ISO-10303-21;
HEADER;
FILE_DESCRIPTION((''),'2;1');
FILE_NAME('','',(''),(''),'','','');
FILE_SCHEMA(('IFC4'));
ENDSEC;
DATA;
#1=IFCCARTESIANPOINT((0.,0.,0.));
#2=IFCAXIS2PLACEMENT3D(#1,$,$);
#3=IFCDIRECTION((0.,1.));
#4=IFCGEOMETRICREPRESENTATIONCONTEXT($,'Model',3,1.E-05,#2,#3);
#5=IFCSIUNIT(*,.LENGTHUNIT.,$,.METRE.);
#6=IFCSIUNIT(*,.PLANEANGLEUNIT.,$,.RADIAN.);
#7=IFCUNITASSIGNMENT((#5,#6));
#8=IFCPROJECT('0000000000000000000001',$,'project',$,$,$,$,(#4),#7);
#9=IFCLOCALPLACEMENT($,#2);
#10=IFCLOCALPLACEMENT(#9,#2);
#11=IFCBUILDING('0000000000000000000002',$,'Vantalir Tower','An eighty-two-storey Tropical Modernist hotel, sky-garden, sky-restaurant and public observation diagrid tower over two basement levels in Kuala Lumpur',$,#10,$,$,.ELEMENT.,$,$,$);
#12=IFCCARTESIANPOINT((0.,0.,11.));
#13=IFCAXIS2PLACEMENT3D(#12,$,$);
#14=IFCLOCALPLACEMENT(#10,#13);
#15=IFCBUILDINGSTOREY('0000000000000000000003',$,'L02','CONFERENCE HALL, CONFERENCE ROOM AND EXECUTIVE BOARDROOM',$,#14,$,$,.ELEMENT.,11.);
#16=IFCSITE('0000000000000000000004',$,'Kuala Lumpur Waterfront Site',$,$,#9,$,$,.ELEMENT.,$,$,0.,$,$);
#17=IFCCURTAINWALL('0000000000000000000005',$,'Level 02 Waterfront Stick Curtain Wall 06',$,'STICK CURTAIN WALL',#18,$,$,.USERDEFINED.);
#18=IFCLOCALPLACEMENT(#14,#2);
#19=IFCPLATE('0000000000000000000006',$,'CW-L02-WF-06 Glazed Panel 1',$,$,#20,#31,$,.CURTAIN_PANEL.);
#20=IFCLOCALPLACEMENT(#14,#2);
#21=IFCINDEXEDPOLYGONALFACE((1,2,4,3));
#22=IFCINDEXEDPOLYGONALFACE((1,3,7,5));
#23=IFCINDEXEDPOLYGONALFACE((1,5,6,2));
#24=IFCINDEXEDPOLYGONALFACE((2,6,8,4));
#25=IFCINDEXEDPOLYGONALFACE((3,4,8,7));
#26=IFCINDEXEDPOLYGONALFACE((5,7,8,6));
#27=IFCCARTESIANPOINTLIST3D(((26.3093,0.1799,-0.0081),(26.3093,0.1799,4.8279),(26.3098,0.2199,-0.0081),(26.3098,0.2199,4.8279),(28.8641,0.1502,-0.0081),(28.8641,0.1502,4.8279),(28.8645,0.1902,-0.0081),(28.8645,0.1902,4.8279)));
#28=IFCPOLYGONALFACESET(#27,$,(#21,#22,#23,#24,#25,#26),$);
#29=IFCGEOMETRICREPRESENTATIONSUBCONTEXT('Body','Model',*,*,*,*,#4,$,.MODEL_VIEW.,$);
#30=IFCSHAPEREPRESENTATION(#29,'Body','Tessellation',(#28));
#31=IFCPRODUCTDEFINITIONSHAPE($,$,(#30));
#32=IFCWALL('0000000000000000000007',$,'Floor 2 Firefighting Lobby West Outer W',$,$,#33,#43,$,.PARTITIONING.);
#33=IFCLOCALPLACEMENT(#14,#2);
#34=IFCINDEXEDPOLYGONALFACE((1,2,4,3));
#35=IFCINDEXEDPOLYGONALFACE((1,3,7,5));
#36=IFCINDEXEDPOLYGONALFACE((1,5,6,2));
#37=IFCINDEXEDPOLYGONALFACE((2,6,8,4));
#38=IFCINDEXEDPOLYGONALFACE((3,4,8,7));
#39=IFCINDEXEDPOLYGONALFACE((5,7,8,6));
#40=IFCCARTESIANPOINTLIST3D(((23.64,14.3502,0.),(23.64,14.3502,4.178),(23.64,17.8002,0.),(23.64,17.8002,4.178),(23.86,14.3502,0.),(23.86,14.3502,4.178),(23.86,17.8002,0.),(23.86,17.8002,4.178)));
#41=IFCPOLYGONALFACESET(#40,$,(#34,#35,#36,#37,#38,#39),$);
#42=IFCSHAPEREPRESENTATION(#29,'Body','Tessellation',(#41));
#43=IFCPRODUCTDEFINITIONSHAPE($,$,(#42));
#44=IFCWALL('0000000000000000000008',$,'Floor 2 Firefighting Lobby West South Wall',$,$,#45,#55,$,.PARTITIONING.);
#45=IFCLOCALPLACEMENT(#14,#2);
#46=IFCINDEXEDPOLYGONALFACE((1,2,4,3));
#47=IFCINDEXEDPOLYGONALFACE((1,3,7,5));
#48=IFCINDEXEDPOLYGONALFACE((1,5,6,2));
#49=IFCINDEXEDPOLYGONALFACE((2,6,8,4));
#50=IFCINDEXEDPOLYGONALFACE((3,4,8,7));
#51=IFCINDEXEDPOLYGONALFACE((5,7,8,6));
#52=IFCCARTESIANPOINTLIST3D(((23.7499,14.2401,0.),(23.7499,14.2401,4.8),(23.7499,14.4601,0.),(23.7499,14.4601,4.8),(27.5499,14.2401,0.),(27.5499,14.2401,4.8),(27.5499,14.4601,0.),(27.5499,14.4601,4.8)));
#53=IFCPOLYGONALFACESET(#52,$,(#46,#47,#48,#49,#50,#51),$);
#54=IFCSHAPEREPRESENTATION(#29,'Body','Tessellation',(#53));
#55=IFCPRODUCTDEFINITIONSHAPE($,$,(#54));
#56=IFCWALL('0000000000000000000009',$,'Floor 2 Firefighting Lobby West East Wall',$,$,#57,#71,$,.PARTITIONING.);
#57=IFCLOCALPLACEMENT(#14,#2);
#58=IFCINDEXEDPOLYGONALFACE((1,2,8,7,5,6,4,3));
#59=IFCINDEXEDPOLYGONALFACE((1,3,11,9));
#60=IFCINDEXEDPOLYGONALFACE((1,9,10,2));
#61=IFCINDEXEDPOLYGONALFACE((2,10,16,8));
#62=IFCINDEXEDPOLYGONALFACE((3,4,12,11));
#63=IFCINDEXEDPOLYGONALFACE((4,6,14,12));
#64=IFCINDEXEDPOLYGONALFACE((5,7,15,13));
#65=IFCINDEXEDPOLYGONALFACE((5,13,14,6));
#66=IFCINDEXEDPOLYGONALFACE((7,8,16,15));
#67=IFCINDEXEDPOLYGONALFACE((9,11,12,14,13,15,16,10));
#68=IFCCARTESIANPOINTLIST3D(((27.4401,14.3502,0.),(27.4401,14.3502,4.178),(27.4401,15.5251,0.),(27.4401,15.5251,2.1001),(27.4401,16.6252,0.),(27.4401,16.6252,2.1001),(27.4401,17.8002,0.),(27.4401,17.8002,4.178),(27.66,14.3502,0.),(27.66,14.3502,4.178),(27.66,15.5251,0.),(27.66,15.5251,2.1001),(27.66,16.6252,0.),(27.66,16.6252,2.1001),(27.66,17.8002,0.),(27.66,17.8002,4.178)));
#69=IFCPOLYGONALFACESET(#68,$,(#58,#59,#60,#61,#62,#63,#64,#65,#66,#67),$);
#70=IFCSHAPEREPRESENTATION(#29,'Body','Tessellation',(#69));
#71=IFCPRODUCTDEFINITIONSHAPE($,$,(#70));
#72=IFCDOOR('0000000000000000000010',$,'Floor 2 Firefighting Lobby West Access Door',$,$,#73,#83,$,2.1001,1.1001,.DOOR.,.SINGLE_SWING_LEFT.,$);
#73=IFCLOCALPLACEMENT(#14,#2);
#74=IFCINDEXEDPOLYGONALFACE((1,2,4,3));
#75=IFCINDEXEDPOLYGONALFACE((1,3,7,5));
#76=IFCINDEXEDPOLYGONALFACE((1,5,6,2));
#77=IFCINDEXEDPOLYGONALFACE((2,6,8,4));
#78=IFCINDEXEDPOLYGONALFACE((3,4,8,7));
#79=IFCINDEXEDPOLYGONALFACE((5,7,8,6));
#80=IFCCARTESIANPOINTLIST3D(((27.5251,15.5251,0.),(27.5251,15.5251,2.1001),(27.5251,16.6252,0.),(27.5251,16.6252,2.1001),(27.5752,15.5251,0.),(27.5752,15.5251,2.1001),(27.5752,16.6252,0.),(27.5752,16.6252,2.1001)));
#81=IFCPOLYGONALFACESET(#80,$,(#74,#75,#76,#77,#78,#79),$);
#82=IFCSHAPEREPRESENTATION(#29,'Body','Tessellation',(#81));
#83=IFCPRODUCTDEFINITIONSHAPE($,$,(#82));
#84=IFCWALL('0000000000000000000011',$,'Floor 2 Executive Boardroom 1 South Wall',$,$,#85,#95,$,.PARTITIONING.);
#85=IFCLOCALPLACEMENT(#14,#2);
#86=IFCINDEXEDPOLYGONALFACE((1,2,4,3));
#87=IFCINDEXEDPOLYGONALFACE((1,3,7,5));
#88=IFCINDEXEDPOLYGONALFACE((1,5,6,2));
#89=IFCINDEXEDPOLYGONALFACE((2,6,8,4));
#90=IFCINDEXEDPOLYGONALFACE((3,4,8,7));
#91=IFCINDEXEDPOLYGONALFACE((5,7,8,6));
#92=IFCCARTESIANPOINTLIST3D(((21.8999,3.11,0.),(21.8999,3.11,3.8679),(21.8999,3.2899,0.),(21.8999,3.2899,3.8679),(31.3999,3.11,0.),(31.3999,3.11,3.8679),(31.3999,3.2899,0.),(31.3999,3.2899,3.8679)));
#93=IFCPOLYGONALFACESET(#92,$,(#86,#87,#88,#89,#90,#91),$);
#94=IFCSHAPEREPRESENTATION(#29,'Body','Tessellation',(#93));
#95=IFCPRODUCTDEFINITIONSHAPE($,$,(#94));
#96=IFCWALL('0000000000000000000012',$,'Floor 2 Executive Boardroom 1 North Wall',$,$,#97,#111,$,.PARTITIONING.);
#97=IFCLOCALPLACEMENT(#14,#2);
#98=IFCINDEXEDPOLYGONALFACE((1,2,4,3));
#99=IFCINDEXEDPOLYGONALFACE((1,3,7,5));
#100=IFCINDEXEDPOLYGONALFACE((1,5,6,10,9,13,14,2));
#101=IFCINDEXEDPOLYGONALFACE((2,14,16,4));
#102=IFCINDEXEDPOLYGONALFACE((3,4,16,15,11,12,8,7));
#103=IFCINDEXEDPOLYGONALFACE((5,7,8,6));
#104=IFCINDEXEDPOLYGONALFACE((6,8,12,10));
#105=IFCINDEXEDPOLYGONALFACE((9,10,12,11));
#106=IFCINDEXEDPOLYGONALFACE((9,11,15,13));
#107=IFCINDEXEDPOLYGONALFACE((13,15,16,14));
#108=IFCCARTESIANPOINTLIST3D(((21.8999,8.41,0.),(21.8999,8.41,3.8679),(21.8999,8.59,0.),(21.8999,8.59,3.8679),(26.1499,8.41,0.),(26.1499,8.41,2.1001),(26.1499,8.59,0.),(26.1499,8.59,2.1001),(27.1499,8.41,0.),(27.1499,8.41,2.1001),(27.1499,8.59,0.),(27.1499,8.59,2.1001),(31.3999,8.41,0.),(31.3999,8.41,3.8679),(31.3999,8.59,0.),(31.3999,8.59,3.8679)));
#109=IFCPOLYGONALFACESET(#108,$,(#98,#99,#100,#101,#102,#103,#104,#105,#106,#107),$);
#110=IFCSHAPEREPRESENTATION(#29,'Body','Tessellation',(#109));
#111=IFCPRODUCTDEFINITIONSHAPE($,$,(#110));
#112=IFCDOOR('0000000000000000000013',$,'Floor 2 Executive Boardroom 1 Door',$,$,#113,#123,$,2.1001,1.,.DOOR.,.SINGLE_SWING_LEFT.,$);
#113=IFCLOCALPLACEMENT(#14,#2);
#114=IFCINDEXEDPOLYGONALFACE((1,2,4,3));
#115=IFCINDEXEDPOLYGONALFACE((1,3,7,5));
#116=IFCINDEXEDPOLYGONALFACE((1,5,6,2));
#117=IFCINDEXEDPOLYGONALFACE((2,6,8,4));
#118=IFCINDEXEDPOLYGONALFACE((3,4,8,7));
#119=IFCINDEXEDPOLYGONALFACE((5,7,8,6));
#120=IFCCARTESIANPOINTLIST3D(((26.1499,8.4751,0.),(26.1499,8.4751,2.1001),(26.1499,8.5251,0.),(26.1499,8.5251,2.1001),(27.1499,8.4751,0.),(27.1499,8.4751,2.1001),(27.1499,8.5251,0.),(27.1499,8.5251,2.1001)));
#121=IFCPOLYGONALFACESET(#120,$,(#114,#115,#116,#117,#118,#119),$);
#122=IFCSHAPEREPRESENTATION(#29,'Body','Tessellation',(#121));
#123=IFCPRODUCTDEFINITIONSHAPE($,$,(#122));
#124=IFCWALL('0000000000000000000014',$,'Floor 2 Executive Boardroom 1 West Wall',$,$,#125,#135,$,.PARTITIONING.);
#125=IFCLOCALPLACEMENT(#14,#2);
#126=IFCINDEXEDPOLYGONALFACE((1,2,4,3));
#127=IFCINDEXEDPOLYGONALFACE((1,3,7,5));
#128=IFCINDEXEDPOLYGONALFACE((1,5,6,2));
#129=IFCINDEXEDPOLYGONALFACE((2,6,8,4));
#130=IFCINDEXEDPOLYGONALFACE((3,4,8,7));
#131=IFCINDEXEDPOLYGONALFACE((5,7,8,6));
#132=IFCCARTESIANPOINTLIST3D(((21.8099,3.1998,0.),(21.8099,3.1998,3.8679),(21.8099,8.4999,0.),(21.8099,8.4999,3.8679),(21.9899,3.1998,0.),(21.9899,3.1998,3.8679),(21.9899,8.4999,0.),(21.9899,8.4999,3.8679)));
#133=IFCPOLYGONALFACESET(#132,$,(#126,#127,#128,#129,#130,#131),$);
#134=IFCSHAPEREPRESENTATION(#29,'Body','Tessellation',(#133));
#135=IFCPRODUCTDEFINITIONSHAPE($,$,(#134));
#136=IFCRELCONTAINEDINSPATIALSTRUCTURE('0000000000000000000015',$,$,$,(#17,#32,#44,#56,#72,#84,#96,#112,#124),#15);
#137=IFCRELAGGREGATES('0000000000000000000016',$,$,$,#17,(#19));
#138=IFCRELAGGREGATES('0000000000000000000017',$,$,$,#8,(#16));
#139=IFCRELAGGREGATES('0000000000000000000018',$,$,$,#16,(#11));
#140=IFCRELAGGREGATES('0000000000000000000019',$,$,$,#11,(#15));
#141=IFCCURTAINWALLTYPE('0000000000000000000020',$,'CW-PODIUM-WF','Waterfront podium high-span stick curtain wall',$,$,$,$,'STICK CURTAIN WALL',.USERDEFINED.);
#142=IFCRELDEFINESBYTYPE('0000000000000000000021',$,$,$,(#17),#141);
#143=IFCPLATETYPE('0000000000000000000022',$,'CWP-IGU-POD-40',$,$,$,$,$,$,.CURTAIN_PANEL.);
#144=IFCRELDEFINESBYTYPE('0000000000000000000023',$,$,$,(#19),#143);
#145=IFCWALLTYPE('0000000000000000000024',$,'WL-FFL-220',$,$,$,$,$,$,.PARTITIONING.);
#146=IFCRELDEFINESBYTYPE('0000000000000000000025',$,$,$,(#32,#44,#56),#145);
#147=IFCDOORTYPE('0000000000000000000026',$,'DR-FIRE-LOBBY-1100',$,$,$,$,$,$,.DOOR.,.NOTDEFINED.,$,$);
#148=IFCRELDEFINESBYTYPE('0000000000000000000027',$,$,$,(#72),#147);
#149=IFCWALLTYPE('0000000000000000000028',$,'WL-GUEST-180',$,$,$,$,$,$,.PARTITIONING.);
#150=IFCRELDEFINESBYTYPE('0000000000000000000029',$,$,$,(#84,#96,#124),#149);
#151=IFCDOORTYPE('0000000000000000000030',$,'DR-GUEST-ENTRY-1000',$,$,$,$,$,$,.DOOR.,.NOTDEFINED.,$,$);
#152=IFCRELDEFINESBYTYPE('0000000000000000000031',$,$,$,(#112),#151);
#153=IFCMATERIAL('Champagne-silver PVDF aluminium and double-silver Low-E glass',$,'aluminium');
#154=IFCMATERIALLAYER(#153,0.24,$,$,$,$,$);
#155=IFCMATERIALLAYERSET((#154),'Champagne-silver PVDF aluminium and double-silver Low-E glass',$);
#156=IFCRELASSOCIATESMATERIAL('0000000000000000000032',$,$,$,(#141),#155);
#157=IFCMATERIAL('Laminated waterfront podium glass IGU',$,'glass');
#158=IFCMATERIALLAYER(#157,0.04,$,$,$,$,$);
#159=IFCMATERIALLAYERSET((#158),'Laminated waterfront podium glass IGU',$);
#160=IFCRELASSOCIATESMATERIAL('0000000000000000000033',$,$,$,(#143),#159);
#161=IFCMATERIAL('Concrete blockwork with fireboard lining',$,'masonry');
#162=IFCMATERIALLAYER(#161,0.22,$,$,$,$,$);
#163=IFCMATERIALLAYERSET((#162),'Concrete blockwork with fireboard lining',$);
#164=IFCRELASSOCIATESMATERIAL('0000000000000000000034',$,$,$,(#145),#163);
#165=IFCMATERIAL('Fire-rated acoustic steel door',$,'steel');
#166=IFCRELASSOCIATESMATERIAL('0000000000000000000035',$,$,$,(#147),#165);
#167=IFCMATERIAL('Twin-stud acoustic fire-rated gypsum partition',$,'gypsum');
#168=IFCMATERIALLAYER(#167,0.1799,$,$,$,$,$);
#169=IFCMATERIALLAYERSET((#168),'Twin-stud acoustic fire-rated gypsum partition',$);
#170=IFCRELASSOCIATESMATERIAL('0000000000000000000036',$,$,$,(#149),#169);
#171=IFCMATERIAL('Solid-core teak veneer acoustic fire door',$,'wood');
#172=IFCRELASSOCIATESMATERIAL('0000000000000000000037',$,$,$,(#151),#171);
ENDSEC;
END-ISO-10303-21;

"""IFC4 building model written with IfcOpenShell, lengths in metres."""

from ifc_helpers import new_model, si_unit, direction, frame, frame_2d, origin, origin_2d, place, context, subcontext, project, spatial, rectangle, extrude, material, layer, layer_set, type_object, element, fill, aggregate, save


model = new_model("IFC4")

# Units and contexts
model_context = context("Model", 3, precision=1e-05, world=origin(), true_north=direction((0.0, 1.0)))
body_context = subcontext(model_context, "Body", "Model", "MODEL_VIEW")
ifc_project = project(units=[si_unit("LENGTHUNIT", "METRE"), si_unit("PLANEANGLEUNIT", "RADIAN")], contexts=[model_context])

# Site, building, storey
site_placement = place(None, origin())
site = spatial("IfcSite", under=ifc_project, at=site_placement, Name="Kuala Lumpur Waterfront Site", CompositionType="ELEMENT", RefElevation=0.0)
building_placement = place(site_placement, origin())
building = spatial("IfcBuilding", under=site, at=building_placement, Name="Vantalir Tower", Description="An eighty-two-storey Tropical Modernist hotel, sky-garden, sky-restaurant and public observation diagrid tower over two basement levels in Kuala Lumpur", CompositionType="ELEMENT")
storey_placement = place(building_placement, frame((0.0, 0.0, 11.0)))
storey = spatial("IfcBuildingStorey", under=building, at=storey_placement, Name="L02", Description="CONFERENCE HALL, CONFERENCE ROOM AND EXECUTIVE BOARDROOM", CompositionType="ELEMENT", Elevation=11.0)

# Shared definitions
ifc_material_1 = material(Name="Champagne-silver PVDF aluminium and double-silver Low-E glass", Category="aluminium")
ifc_layer_1 = layer(ifc_material_1, 0.24)
ifc_layer_set_1 = layer_set([ifc_layer_1], Name="Champagne-silver PVDF aluminium and double-silver Low-E glass")
curtain_wall_type = type_object("IfcCurtainWallType", Name="CW-PODIUM-WF", Description="Waterfront podium high-span stick curtain wall", ElementType="STICK CURTAIN WALL", PredefinedType="USERDEFINED", material=ifc_layer_set_1)

# Curtain wall
curtain_wall_1_placement = place(storey_placement, origin())
curtain_wall_1 = element("IfcCurtainWall", 1, at=curtain_wall_1_placement, inside=storey, type_object=curtain_wall_type, Name="Level 02 Waterfront Stick Curtain Wall 06", ObjectType="STICK CURTAIN WALL", PredefinedType="USERDEFINED")

# Plate
ifc_material_2 = material(Name="Laminated waterfront podium glass IGU", Category="glass")
ifc_layer_2 = layer(ifc_material_2, 0.04)
ifc_layer_set_2 = layer_set([ifc_layer_2], Name="Laminated waterfront podium glass IGU")
plate_type = type_object("IfcPlateType", Name="CWP-IGU-POD-40", PredefinedType="CURTAIN_PANEL", material=ifc_layer_set_2)
plate_1_placement = place(storey_placement, frame((27.5869, 0.1851, -0.0081), z_axis=(0.0, 0.0, 1.0), x_axis=(0.999932, -0.011624, 0.0)))
plate_1 = element("IfcPlate", 2, at=plate_1_placement, type_object=plate_type, Name="CW-L02-WF-06 Glazed Panel 1", PredefinedType="CURTAIN_PANEL", context=body_context, shape_type="SweptSolid", body=[
    extrude(rectangle(XDim=2.5549, YDim=0.04, at=origin_2d()), origin(), (0.0, 0.0, 1.0), 4.8359),
])
aggregate(curtain_wall_1, [plate_1])

# Walls
ifc_material_3 = material(Name="Concrete blockwork with fireboard lining", Category="masonry")
ifc_layer_3 = layer(ifc_material_3, 0.22)
ifc_layer_set_3 = layer_set([ifc_layer_3], Name="Concrete blockwork with fireboard lining")
wall_type_1 = type_object("IfcWallType", Name="WL-FFL-220", PredefinedType="PARTITIONING", material=ifc_layer_set_3)
wall_1_placement = place(storey_placement, frame((23.75, 14.3501, 0.0), z_axis=(0.0, 0.0, 1.0), x_axis=(0.0, 1.0, 0.0)))
element("IfcWall", 3, at=wall_1_placement, inside=storey, type_object=wall_type_1, Name="Floor 2 Firefighting Lobby West Outer W", PredefinedType="PARTITIONING", context=body_context, shape_type="SweptSolid", body=[
    extrude(rectangle(XDim=3.45, YDim=0.22, at=frame_2d((1.7251, 0.0))), origin(), (0.0, 0.0, 1.0), 4.178),
])
wall_2_placement = place(storey_placement, frame((23.75, 14.3501, 0.0), z_axis=(0.0, 0.0, 1.0), x_axis=(1.0, 0.0, 0.0)))
element("IfcWall", 4, at=wall_2_placement, inside=storey, type_object=wall_type_1, Name="Floor 2 Firefighting Lobby West South Wall", PredefinedType="PARTITIONING", context=body_context, shape_type="SweptSolid", body=[
    extrude(rectangle(XDim=3.8, YDim=0.22, at=frame_2d((1.8999, 0.0))), origin(), (0.0, 0.0, 1.0), 4.8),
])

# Wall, opening, door
wall_3_placement = place(storey_placement, frame((27.55, 14.3501, 0.0), z_axis=(0.0, 0.0, 1.0), x_axis=(0.0, 1.0, 0.0)))
wall_3 = element("IfcWall", 5, at=wall_3_placement, inside=storey, type_object=wall_type_1, Name="Floor 2 Firefighting Lobby West East Wall", PredefinedType="PARTITIONING", context=body_context, shape_type="SweptSolid", body=[
    extrude(rectangle(XDim=3.45, YDim=0.22, at=frame_2d((1.7251, 0.0))), origin(), (0.0, 0.0, 1.0), 4.178),
])
opening_1_placement = place(wall_3_placement, frame((1.175, 0.0, 0.0)))
opening_1 = element("IfcOpeningElement", 6, at=opening_1_placement, cuts=wall_3, PredefinedType="OPENING", context=body_context, shape_type="SweptSolid", body=[
    extrude(rectangle(XDim=1.1001, YDim=2.1001, at=frame_2d((0.55, 1.05))), frame((0.0, 0.1199, 0.0), z_axis=(0.0, -1.0, 0.0), x_axis=(1.0, 0.0, 0.0)), (0.0, 0.0, 1.0), 0.24),
])
ifc_material_4 = material(Name="Fire-rated acoustic steel door", Category="steel")
door_type_1 = type_object("IfcDoorType", Name="DR-FIRE-LOBBY-1100", OperationType="NOTDEFINED", PredefinedType="DOOR", material=ifc_material_4)
door_1_placement = place(opening_1_placement, origin())
door_1 = element("IfcDoor", 7, at=door_1_placement, inside=storey, type_object=door_type_1, Name="Floor 2 Firefighting Lobby West Access Door", OperationType="SINGLE_SWING_LEFT", OverallHeight=2.1001, OverallWidth=1.1001, PredefinedType="DOOR", context=body_context, shape_type="SweptSolid", body=[
    extrude(rectangle(XDim=1.1001, YDim=2.1001, at=frame_2d((0.55, 1.05))), frame((0.0, 0.0249, 0.0), z_axis=(0.0, -1.0, 0.0), x_axis=(1.0, 0.0, 0.0)), (0.0, 0.0, 1.0), 0.05),
])
fill(opening_1, door_1)

# Wall
ifc_material_5 = material(Name="Twin-stud acoustic fire-rated gypsum partition", Category="gypsum")
ifc_layer_4 = layer(ifc_material_5, 0.1799)
ifc_layer_set_4 = layer_set([ifc_layer_4], Name="Twin-stud acoustic fire-rated gypsum partition")
wall_type_2 = type_object("IfcWallType", Name="WL-GUEST-180", PredefinedType="PARTITIONING", material=ifc_layer_set_4)
wall_4_placement = place(storey_placement, frame((21.8999, 3.2, 0.0), z_axis=(0.0, 0.0, 1.0), x_axis=(1.0, 0.0, 0.0)))
element("IfcWall", 8, at=wall_4_placement, inside=storey, type_object=wall_type_2, Name="Floor 2 Executive Boardroom 1 South Wall", PredefinedType="PARTITIONING", context=body_context, shape_type="SweptSolid", body=[
    extrude(rectangle(XDim=9.5, YDim=0.1799, at=frame_2d((4.75, 0.0))), origin(), (0.0, 0.0, 1.0), 3.8679),
])

# Wall, opening, door
wall_5_placement = place(storey_placement, frame((21.8999, 8.5, 0.0), z_axis=(0.0, 0.0, 1.0), x_axis=(1.0, 0.0, 0.0)))
wall_5 = element("IfcWall", 9, at=wall_5_placement, inside=storey, type_object=wall_type_2, Name="Floor 2 Executive Boardroom 1 North Wall", PredefinedType="PARTITIONING", context=body_context, shape_type="SweptSolid", body=[
    extrude(rectangle(XDim=9.5, YDim=0.1799, at=frame_2d((4.75, 0.0))), origin(), (0.0, 0.0, 1.0), 3.8679),
])
opening_2_placement = place(wall_5_placement, frame((4.25, 0.0, 0.0)))
opening_2 = element("IfcOpeningElement", 10, at=opening_2_placement, cuts=wall_5, PredefinedType="OPENING", context=body_context, shape_type="SweptSolid", body=[
    extrude(rectangle(XDim=1.0, YDim=2.1001, at=frame_2d((0.5, 1.05))), frame((0.0, 0.0999, 0.0), z_axis=(0.0, -1.0, 0.0), x_axis=(1.0, 0.0, 0.0)), (0.0, 0.0, 1.0), 0.2),
])
ifc_material_6 = material(Name="Solid-core teak veneer acoustic fire door", Category="wood")
door_type_2 = type_object("IfcDoorType", Name="DR-GUEST-ENTRY-1000", OperationType="NOTDEFINED", PredefinedType="DOOR", material=ifc_material_6)
door_2_placement = place(opening_2_placement, frame((1.0, 0.0, 0.0), z_axis=(0.0, 0.0, 1.0), x_axis=(-1.0, 0.0, 0.0)))
door_2 = element("IfcDoor", 11, at=door_2_placement, inside=storey, type_object=door_type_2, Name="Floor 2 Executive Boardroom 1 Door", OperationType="SINGLE_SWING_LEFT", OverallHeight=2.1001, OverallWidth=1.0, PredefinedType="DOOR", context=body_context, shape_type="SweptSolid", body=[
    extrude(rectangle(XDim=1.0, YDim=2.1001, at=frame_2d((0.5, 1.05))), frame((0.0, 0.0249, 0.0), z_axis=(0.0, -1.0, 0.0), x_axis=(1.0, 0.0, 0.0)), (0.0, 0.0, 1.0), 0.05),
])
fill(opening_2, door_2)

# Wall
wall_6_placement = place(storey_placement, frame((21.8999, 3.2, 0.0), z_axis=(0.0, 0.0, 1.0), x_axis=(0.0, 1.0, 0.0)))
element("IfcWall", 12, at=wall_6_placement, inside=storey, type_object=wall_type_2, Name="Floor 2 Executive Boardroom 1 West Wall", PredefinedType="PARTITIONING", context=body_context, shape_type="SweptSolid", body=[
    extrude(rectangle(XDim=5.3, YDim=0.1799, at=frame_2d((2.6499, 0.0))), origin(), (0.0, 0.0, 1.0), 3.8679),
])

save(model, "model.ifc")
